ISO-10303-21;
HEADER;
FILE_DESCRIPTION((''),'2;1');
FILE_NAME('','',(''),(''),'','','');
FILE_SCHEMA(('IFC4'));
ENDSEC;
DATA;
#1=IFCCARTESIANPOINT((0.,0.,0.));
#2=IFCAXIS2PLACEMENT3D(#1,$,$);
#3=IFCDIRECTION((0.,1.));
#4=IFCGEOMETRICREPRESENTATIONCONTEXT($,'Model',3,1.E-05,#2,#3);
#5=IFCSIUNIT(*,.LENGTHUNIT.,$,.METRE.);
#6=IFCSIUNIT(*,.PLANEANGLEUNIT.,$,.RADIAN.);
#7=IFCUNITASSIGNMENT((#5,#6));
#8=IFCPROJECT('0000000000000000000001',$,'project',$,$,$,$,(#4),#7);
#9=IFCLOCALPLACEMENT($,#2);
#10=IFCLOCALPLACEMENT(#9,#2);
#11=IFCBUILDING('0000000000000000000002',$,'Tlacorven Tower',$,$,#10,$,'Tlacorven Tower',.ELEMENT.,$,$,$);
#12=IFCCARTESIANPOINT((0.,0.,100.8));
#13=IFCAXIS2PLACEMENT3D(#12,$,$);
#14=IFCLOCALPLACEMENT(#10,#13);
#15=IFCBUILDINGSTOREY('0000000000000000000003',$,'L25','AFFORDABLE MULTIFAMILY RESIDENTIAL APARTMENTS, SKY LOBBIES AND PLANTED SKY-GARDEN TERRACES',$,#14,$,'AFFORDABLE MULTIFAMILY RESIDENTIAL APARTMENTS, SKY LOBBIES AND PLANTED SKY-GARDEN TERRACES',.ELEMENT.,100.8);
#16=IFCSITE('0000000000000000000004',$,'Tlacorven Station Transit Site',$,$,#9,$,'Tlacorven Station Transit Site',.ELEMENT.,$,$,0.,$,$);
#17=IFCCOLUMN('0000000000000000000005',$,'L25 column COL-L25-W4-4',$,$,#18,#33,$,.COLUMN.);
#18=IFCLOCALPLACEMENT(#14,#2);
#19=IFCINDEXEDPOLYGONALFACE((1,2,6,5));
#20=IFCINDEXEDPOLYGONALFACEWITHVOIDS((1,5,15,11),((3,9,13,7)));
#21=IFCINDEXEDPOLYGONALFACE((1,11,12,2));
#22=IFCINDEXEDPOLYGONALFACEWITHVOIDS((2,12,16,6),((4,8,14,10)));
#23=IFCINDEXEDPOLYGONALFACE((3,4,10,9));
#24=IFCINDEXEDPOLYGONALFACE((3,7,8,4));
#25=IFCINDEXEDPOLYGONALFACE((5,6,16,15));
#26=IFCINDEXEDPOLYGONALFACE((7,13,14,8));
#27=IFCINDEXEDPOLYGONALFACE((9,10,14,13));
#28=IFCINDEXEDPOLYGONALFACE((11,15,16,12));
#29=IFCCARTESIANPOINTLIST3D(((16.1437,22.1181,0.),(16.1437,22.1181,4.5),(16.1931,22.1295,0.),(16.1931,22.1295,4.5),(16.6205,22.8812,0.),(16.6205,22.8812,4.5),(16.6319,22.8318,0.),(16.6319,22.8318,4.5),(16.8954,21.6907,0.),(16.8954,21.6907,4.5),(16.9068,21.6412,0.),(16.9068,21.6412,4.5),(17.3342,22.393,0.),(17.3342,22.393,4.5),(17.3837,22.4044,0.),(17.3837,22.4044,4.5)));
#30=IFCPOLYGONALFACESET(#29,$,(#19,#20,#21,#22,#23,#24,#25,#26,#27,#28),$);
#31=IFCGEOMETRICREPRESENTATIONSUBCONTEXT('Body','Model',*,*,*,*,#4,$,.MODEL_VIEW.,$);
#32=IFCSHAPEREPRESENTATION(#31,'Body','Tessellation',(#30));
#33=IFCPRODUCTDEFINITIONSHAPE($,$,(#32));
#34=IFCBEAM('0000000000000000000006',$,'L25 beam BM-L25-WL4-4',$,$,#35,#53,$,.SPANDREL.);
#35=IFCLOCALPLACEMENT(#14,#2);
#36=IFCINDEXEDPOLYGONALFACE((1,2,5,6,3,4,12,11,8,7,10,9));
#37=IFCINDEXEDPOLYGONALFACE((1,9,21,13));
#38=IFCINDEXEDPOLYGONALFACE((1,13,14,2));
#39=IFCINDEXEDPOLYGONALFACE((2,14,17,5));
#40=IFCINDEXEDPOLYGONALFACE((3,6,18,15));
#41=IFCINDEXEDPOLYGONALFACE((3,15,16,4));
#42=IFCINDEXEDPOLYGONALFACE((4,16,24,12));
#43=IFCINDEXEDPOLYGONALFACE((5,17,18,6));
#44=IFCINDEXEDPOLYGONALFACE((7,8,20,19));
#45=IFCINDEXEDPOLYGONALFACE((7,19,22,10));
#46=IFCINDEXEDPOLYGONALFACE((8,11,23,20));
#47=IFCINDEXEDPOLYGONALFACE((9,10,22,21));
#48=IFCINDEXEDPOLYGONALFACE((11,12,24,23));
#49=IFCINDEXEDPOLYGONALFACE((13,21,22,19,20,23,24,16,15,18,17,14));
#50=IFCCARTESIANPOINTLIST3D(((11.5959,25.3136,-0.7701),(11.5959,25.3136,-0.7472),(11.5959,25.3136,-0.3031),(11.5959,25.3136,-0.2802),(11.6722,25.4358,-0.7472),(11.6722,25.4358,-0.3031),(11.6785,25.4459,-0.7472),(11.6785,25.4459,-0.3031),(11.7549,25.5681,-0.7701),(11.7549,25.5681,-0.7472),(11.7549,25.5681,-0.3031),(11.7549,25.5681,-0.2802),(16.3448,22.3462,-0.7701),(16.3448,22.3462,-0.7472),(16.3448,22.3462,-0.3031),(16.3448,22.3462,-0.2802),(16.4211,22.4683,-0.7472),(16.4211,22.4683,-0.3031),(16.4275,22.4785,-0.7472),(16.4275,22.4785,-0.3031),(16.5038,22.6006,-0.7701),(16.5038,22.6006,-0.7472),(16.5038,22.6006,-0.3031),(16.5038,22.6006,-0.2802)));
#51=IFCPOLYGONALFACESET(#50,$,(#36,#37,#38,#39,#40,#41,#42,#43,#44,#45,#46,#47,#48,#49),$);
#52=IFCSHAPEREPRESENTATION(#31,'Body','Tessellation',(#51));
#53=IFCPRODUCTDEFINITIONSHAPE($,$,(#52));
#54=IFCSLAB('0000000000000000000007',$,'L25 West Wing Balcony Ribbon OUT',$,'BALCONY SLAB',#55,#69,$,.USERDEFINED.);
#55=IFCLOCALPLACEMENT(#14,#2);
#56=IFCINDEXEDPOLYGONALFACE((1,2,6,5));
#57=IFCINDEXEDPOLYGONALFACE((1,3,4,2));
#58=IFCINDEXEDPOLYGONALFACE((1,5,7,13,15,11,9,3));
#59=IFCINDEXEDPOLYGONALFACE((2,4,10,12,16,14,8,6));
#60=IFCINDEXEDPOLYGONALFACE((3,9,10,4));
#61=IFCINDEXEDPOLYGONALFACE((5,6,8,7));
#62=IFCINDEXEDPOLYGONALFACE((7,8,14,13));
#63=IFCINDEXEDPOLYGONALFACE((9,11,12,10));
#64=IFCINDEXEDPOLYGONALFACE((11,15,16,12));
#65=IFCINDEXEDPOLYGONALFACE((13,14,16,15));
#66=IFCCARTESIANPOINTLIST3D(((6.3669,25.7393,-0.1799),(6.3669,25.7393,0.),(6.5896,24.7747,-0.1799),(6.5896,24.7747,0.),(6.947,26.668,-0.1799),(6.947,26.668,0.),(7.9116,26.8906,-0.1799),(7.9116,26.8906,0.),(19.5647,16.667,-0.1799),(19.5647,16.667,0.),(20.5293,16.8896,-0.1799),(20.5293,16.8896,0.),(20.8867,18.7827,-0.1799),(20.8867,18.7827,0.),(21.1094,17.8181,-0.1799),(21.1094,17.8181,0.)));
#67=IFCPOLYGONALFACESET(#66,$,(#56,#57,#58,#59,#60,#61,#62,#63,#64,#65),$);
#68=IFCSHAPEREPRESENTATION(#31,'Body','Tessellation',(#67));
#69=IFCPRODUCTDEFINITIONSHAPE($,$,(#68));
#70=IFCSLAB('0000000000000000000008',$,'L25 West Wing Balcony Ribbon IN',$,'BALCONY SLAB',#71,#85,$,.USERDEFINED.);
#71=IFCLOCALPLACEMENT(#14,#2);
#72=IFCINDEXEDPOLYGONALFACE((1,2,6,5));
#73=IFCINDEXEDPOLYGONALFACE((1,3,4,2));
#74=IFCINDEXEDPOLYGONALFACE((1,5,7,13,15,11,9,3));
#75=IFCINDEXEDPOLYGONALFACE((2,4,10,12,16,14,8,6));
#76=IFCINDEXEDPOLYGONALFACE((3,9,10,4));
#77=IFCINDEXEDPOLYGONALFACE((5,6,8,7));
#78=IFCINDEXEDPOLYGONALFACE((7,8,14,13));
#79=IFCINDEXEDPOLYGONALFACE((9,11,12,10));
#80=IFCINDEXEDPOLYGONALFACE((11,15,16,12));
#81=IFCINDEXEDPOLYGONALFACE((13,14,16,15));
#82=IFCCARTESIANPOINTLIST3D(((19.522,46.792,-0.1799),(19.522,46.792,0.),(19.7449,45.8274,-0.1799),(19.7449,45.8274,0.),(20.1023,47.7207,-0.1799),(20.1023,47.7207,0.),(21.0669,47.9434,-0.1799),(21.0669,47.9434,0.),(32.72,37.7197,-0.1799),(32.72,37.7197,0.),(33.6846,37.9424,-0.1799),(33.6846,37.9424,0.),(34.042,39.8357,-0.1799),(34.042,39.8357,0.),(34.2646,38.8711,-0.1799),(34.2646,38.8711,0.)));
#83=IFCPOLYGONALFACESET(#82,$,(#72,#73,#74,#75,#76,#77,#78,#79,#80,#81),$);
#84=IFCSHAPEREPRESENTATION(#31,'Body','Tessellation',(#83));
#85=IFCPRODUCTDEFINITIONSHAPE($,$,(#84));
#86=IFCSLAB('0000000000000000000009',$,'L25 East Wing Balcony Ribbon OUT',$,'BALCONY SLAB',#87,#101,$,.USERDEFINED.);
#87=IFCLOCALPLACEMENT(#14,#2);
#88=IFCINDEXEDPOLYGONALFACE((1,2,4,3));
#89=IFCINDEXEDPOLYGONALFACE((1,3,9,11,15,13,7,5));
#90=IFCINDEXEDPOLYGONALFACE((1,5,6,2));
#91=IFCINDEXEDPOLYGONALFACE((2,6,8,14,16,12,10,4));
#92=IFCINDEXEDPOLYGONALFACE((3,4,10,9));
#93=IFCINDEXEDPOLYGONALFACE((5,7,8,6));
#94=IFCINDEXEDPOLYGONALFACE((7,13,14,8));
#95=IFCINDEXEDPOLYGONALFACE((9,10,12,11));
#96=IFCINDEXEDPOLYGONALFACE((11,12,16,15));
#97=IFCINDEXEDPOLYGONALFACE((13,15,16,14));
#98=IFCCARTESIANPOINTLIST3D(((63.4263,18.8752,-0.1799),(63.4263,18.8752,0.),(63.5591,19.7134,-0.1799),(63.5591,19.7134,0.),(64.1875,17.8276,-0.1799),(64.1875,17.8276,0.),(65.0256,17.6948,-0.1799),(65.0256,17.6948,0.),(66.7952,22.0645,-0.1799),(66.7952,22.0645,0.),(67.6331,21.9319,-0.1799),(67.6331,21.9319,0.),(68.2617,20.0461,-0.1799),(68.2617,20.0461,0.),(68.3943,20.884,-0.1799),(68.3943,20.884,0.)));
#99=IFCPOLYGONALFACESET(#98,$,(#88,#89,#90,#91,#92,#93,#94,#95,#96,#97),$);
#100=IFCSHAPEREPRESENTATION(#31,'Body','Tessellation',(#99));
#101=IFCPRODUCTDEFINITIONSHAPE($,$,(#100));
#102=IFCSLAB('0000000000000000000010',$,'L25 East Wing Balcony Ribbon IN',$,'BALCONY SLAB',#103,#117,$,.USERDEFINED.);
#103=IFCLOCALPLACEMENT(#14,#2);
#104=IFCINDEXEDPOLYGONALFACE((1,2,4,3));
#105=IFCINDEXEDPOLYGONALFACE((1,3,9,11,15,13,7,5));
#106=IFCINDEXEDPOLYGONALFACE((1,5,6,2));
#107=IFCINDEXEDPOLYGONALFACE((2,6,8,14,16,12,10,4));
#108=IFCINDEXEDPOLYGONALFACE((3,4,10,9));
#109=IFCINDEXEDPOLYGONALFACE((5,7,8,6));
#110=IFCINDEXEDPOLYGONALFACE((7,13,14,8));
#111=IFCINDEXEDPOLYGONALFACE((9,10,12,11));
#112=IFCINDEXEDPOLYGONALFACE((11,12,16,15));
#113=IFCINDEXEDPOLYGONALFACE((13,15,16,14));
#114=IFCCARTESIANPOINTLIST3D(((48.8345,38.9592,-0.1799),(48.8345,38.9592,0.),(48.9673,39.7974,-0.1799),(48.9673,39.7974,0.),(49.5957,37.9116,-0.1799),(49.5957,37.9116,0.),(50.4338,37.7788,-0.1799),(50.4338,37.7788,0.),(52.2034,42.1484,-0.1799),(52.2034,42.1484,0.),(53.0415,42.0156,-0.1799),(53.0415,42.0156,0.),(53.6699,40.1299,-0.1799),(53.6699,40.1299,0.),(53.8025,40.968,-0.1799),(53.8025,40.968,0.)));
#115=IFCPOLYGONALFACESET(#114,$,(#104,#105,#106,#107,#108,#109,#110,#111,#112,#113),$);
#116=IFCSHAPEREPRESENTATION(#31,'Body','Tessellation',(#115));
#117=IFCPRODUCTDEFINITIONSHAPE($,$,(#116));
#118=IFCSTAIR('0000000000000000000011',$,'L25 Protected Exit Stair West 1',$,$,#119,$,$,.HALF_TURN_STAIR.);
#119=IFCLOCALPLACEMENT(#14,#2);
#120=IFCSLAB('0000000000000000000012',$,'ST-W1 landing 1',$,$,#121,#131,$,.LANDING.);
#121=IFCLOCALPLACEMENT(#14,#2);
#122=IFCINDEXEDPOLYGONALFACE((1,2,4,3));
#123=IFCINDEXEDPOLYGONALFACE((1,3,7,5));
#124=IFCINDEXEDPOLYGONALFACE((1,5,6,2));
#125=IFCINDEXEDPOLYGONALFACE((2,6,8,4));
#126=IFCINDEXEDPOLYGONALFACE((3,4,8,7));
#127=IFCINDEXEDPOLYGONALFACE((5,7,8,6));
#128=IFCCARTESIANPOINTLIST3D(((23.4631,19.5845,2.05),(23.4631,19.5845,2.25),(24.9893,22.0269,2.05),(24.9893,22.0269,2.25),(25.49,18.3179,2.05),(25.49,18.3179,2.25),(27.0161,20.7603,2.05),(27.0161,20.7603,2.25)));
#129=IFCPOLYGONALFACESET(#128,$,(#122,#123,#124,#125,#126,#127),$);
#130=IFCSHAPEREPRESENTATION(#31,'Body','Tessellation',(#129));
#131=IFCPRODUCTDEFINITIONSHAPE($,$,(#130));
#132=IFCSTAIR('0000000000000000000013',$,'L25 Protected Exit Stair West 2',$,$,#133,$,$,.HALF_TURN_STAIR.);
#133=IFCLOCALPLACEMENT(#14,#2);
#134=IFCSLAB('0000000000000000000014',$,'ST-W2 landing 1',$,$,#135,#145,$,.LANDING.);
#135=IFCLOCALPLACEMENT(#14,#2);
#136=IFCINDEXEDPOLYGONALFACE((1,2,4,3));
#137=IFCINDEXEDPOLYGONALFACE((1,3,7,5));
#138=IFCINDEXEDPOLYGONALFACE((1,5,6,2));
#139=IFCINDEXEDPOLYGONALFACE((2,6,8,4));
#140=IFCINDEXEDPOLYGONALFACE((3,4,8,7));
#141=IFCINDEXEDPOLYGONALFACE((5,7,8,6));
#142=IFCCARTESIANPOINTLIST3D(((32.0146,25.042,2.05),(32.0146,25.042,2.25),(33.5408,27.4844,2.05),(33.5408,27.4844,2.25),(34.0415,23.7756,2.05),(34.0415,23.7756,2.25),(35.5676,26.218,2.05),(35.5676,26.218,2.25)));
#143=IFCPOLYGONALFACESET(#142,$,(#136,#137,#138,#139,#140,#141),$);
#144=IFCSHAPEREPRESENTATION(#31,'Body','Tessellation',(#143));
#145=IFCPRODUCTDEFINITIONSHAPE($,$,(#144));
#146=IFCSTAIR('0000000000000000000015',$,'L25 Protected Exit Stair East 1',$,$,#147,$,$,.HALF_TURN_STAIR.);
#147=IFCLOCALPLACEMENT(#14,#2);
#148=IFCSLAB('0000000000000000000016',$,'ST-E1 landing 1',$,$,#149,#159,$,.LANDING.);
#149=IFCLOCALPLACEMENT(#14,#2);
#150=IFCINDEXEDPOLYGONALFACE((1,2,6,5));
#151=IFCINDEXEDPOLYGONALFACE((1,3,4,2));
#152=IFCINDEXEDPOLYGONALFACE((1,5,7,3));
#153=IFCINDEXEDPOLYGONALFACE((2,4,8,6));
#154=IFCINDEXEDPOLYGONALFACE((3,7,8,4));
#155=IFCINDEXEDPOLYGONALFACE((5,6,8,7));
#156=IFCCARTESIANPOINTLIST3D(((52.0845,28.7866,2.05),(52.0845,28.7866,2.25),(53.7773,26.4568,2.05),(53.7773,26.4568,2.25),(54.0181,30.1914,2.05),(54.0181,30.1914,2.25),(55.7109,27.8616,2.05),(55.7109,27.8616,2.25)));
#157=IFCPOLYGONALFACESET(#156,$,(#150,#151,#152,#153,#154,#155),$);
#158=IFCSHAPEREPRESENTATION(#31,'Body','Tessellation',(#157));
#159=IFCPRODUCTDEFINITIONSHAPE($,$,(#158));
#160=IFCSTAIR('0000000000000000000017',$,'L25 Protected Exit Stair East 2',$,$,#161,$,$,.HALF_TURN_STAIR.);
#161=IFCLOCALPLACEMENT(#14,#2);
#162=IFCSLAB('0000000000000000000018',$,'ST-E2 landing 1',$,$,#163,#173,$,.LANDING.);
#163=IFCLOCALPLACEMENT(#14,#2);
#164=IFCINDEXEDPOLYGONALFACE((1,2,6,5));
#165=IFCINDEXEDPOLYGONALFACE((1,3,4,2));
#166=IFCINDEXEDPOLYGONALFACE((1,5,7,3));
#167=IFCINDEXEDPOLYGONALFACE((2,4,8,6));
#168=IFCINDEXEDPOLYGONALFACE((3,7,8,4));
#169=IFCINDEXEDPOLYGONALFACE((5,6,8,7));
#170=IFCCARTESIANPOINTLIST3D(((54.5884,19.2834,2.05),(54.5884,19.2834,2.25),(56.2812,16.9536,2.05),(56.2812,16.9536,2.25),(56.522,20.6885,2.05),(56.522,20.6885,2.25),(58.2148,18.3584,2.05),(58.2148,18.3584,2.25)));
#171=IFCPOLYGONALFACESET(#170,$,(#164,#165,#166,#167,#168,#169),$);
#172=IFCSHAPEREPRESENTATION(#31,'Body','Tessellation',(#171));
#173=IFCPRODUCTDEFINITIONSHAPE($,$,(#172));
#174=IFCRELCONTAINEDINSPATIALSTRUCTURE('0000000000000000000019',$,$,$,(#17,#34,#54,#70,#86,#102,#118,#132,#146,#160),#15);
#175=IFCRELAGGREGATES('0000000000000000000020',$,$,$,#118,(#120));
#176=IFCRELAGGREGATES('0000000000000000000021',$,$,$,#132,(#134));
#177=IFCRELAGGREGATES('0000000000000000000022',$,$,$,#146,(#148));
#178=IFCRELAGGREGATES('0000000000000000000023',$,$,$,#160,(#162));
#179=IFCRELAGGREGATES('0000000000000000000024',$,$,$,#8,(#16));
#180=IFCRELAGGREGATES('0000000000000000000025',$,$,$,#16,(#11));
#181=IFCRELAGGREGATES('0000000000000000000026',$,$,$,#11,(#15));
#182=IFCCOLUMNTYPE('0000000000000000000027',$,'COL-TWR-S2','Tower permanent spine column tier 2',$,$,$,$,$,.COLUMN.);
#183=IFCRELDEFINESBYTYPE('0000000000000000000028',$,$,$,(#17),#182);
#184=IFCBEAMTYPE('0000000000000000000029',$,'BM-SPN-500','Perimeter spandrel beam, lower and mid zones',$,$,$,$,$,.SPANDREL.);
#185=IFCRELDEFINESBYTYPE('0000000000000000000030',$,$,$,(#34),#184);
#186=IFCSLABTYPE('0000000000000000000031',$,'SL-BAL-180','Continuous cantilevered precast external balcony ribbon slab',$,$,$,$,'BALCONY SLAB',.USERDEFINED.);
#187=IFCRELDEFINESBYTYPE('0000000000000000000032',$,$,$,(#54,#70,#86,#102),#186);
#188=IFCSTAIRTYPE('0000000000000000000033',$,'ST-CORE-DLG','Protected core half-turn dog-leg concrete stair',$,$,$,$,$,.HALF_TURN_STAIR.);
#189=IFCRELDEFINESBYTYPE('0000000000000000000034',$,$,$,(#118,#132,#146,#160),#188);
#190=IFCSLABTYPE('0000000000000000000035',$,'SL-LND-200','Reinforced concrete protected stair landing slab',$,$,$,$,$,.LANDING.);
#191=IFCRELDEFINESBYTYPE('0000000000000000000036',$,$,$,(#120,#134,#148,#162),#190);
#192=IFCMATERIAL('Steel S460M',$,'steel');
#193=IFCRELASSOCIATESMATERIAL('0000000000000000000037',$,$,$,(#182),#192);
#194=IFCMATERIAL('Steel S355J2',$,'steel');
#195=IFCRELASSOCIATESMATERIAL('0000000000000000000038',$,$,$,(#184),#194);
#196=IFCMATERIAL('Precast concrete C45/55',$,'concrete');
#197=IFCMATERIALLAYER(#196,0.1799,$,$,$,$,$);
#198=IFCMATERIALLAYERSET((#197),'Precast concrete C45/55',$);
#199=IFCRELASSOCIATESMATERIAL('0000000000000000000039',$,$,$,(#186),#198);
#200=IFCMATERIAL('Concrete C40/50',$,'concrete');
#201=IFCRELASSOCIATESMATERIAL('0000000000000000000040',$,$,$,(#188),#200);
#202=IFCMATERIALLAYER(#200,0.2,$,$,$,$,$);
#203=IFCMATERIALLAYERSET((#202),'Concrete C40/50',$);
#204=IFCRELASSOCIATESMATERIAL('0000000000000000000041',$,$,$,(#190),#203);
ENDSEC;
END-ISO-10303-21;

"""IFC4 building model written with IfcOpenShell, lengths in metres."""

from ifc_helpers import new_model, si_unit, direction, frame, origin, origin_2d, place, context, subcontext, project, spatial, polyline, hollow_rectangle, i_section, outline, extrude, source, transform, mapped, material, layer, layer_set, material_profile, profile_set, type_object, element, aggregate, save


model = new_model("IFC4")

# Units and contexts
model_context = context("Model", 3, precision=1e-05, world=origin(), true_north=direction((0.0, 1.0)))
body_context = subcontext(model_context, "Body", "Model", "MODEL_VIEW")
ifc_project = project(units=[si_unit("LENGTHUNIT", "METRE"), si_unit("PLANEANGLEUNIT", "RADIAN")], contexts=[model_context])

# Site, building, storey
site_placement = place(None, origin())
site = spatial("IfcSite", under=ifc_project, at=site_placement, Name="Tlacorven Station Transit Site", LongName="Tlacorven Station Transit Site", CompositionType="ELEMENT", RefElevation=0.0)
building_placement = place(site_placement, origin())
building = spatial("IfcBuilding", under=site, at=building_placement, Name="Tlacorven Tower", LongName="Tlacorven Tower", CompositionType="ELEMENT")
storey_placement = place(building_placement, frame((0.0, 0.0, 100.8)))
storey = spatial("IfcBuildingStorey", under=building, at=storey_placement, Name="L25", Description="AFFORDABLE MULTIFAMILY RESIDENTIAL APARTMENTS, SKY LOBBIES AND PLANTED SKY-GARDEN TERRACES", LongName="AFFORDABLE MULTIFAMILY RESIDENTIAL APARTMENTS, SKY LOBBIES AND PLANTED SKY-GARDEN TERRACES", CompositionType="ELEMENT", Elevation=100.8)

# Column
ifc_material_1 = material(Name="Steel S460M", Category="steel")
ifc_material_profile_1 = material_profile(ifc_material_1, hollow_rectangle(XDim=0.8999, YDim=0.8999, WallThickness=0.0359, at=origin_2d()), Name="BOX 900X900X36")
ifc_profile_set_1 = profile_set([ifc_material_profile_1], Name="Steel S460M")
column_type = type_object("IfcColumnType", Name="COL-TWR-S2", Description="Tower permanent spine column tier 2", PredefinedType="COLUMN", material=ifc_profile_set_1)
shared_shape_1 = source(origin(), body_context, "Body", "SweptSolid", [
    extrude(hollow_rectangle(XDim=0.8999, YDim=0.8999, WallThickness=0.0359, at=origin_2d()), origin(), (0.0, 0.0, 1.0), 4.5),
])
column_placement = place(storey_placement, frame((16.7637, 22.2612, 0.0), z_axis=(0.0, 0.0, 1.0), x_axis=(-0.848048, 0.529919, 0.0)))
element("IfcColumn", 1, at=column_placement, inside=storey, type_object=column_type, Name="L25 column COL-L25-W4-4", PredefinedType="COLUMN", context=body_context, shape_type="MappedRepresentation", body=[
    mapped(shared_shape_1, transform((0.0, 0.0, 0.0), scale=1.0)),
])

# Beam
ifc_material_2 = material(Name="Steel S355J2", Category="steel")
ifc_material_profile_2 = material_profile(ifc_material_2, i_section(OverallWidth=0.3, OverallDepth=0.49, WebThickness=0.012, FlangeThickness=0.0229, at=origin_2d()), Name="HEA 500")
ifc_profile_set_2 = profile_set([ifc_material_profile_2], Name="Steel S355J2")
beam_type = type_object("IfcBeamType", Name="BM-SPN-500", Description="Perimeter spandrel beam, lower and mid zones", PredefinedType="SPANDREL", material=ifc_profile_set_2)
shared_shape_2 = source(origin(), body_context, "Body", "SweptSolid", [
    extrude(i_section(OverallWidth=0.3, OverallDepth=0.49, WebThickness=0.012, FlangeThickness=0.0229, at=origin_2d()), origin(), (0.0, 0.0, 1.0), 5.5999),
])
beam_placement = place(storey_placement, frame((16.4243, 22.4734, -0.5251), z_axis=(-0.848047, 0.529921, 0.0), x_axis=(-0.529921, -0.848047, 0.0)))
element("IfcBeam", 2, at=beam_placement, inside=storey, type_object=beam_type, Name="L25 beam BM-L25-WL4-4", PredefinedType="SPANDREL", context=body_context, shape_type="MappedRepresentation", body=[
    mapped(shared_shape_2, transform((0.0, 0.0, 0.0), scale=1.0)),
])

# Slabs
ifc_material_3 = material(Name="Precast concrete C45/55", Category="concrete")
ifc_layer_1 = layer(ifc_material_3, 0.1799)
ifc_layer_set_1 = layer_set([ifc_layer_1], Name="Precast concrete C45/55")
slab_type_1 = type_object("IfcSlabType", Name="SL-BAL-180", Description="Continuous cantilevered precast external balcony ribbon slab", ElementType="BALCONY SLAB", PredefinedType="USERDEFINED", material=ifc_layer_set_1)
slab_1_placement = place(storey_placement, frame((0.0, 0.0, -0.1799)))
element("IfcSlab", 3, at=slab_1_placement, inside=storey, type_object=slab_type_1, Name="L25 West Wing Balcony Ribbon OUT", ObjectType="BALCONY SLAB", PredefinedType="USERDEFINED", context=body_context, shape_type="SweptSolid", body=[
    extrude(outline(polyline([(20.8867, 18.7827), (7.9116, 26.8906), (6.947, 26.668), (6.3669, 25.7393), (6.5896, 24.7747), (19.5647, 16.667), (20.5293, 16.8896), (21.1094, 17.8181), (20.8867, 18.7827)])), origin(), (0.0, 0.0, 1.0), 0.1799),
])
slab_2_placement = place(storey_placement, frame((0.0, 0.0, -0.1799)))
element("IfcSlab", 4, at=slab_2_placement, inside=storey, type_object=slab_type_1, Name="L25 West Wing Balcony Ribbon IN", ObjectType="BALCONY SLAB", PredefinedType="USERDEFINED", context=body_context, shape_type="SweptSolid", body=[
    extrude(outline(polyline([(34.042, 39.8357), (21.0669, 47.9434), (20.1023, 47.7207), (19.522, 46.792), (19.7449, 45.8274), (32.72, 37.7197), (33.6846, 37.9424), (34.2646, 38.8711), (34.042, 39.8357)])), origin(), (0.0, 0.0, 1.0), 0.1799),
])
slab_3_placement = place(storey_placement, frame((0.0, 0.0, -0.1799)))
element("IfcSlab", 5, at=slab_3_placement, inside=storey, type_object=slab_type_1, Name="L25 East Wing Balcony Ribbon OUT", ObjectType="BALCONY SLAB", PredefinedType="USERDEFINED", context=body_context, shape_type="SweptSolid", body=[
    extrude(outline(polyline([(65.0256, 17.6948), (68.2617, 20.0461), (68.3943, 20.884), (67.6331, 21.9319), (66.7952, 22.0645), (63.5591, 19.7134), (63.4263, 18.8752), (64.1875, 17.8276), (65.0256, 17.6948)])), origin(), (0.0, 0.0, 1.0), 0.1799),
])
slab_4_placement = place(storey_placement, frame((0.0, 0.0, -0.1799)))
element("IfcSlab", 6, at=slab_4_placement, inside=storey, type_object=slab_type_1, Name="L25 East Wing Balcony Ribbon IN", ObjectType="BALCONY SLAB", PredefinedType="USERDEFINED", context=body_context, shape_type="SweptSolid", body=[
    extrude(outline(polyline([(50.4338, 37.7788), (53.6699, 40.1299), (53.8025, 40.968), (53.0415, 42.0156), (52.2034, 42.1484), (48.9673, 39.7974), (48.8345, 38.9592), (49.5957, 37.9116), (50.4338, 37.7788)])), origin(), (0.0, 0.0, 1.0), 0.1799),
])

# Stairs, slabs
ifc_material_4 = material(Name="Concrete C40/50", Category="concrete")
stair_type = type_object("IfcStairType", Name="ST-CORE-DLG", Description="Protected core half-turn dog-leg concrete stair", PredefinedType="HALF_TURN_STAIR", material=ifc_material_4)
stair_1_placement = place(storey_placement, origin())
stair_1 = element("IfcStair", 7, at=stair_1_placement, inside=storey, type_object=stair_type, Name="L25 Protected Exit Stair West 1", PredefinedType="HALF_TURN_STAIR")
ifc_layer_2 = layer(ifc_material_4, 0.2)
ifc_layer_set_2 = layer_set([ifc_layer_2], Name="Concrete C40/50")
slab_type_2 = type_object("IfcSlabType", Name="SL-LND-200", Description="Reinforced concrete protected stair landing slab", PredefinedType="LANDING", material=ifc_layer_set_2)
slab_5_placement = place(storey_placement, frame((0.0, 0.0, 2.05)))
slab_5 = element("IfcSlab", 8, at=slab_5_placement, type_object=slab_type_2, Name="ST-W1 landing 1", PredefinedType="LANDING", context=body_context, shape_type="SweptSolid", body=[
    extrude(outline(polyline([(27.0161, 20.7603), (24.9893, 22.0269), (23.4631, 19.5845), (25.49, 18.3179), (27.0161, 20.7603)])), origin(), (0.0, 0.0, 1.0), 0.2),
])
aggregate(stair_1, [slab_5])
stair_2_placement = place(storey_placement, origin())
stair_2 = element("IfcStair", 9, at=stair_2_placement, inside=storey, type_object=stair_type, Name="L25 Protected Exit Stair West 2", PredefinedType="HALF_TURN_STAIR")
slab_6_placement = place(storey_placement, frame((0.0, 0.0, 2.05)))
slab_6 = element("IfcSlab", 10, at=slab_6_placement, type_object=slab_type_2, Name="ST-W2 landing 1", PredefinedType="LANDING", context=body_context, shape_type="SweptSolid", body=[
    extrude(outline(polyline([(35.5676, 26.218), (33.5408, 27.4844), (32.0146, 25.042), (34.0415, 23.7756), (35.5676, 26.218)])), origin(), (0.0, 0.0, 1.0), 0.2),
])
aggregate(stair_2, [slab_6])
stair_3_placement = place(storey_placement, origin())
stair_3 = element("IfcStair", 11, at=stair_3_placement, inside=storey, type_object=stair_type, Name="L25 Protected Exit Stair East 1", PredefinedType="HALF_TURN_STAIR")
slab_7_placement = place(storey_placement, frame((0.0, 0.0, 2.05)))
slab_7 = element("IfcSlab", 12, at=slab_7_placement, type_object=slab_type_2, Name="ST-E1 landing 1", PredefinedType="LANDING", context=body_context, shape_type="SweptSolid", body=[
    extrude(outline(polyline([(53.7773, 26.4568), (55.7109, 27.8616), (54.0181, 30.1914), (52.0845, 28.7866), (53.7773, 26.4568)])), origin(), (0.0, 0.0, 1.0), 0.2),
])
aggregate(stair_3, [slab_7])
stair_4_placement = place(storey_placement, origin())
stair_4 = element("IfcStair", 13, at=stair_4_placement, inside=storey, type_object=stair_type, Name="L25 Protected Exit Stair East 2", PredefinedType="HALF_TURN_STAIR")
slab_8_placement = place(storey_placement, frame((0.0, 0.0, 2.05)))
slab_8 = element("IfcSlab", 14, at=slab_8_placement, type_object=slab_type_2, Name="ST-E2 landing 1", PredefinedType="LANDING", context=body_context, shape_type="SweptSolid", body=[
    extrude(outline(polyline([(56.2812, 16.9536), (58.2148, 18.3584), (56.522, 20.6885), (54.5884, 19.2834), (56.2812, 16.9536)])), origin(), (0.0, 0.0, 1.0), 0.2),
])
aggregate(stair_4, [slab_8])

save(model, "model.ifc")
